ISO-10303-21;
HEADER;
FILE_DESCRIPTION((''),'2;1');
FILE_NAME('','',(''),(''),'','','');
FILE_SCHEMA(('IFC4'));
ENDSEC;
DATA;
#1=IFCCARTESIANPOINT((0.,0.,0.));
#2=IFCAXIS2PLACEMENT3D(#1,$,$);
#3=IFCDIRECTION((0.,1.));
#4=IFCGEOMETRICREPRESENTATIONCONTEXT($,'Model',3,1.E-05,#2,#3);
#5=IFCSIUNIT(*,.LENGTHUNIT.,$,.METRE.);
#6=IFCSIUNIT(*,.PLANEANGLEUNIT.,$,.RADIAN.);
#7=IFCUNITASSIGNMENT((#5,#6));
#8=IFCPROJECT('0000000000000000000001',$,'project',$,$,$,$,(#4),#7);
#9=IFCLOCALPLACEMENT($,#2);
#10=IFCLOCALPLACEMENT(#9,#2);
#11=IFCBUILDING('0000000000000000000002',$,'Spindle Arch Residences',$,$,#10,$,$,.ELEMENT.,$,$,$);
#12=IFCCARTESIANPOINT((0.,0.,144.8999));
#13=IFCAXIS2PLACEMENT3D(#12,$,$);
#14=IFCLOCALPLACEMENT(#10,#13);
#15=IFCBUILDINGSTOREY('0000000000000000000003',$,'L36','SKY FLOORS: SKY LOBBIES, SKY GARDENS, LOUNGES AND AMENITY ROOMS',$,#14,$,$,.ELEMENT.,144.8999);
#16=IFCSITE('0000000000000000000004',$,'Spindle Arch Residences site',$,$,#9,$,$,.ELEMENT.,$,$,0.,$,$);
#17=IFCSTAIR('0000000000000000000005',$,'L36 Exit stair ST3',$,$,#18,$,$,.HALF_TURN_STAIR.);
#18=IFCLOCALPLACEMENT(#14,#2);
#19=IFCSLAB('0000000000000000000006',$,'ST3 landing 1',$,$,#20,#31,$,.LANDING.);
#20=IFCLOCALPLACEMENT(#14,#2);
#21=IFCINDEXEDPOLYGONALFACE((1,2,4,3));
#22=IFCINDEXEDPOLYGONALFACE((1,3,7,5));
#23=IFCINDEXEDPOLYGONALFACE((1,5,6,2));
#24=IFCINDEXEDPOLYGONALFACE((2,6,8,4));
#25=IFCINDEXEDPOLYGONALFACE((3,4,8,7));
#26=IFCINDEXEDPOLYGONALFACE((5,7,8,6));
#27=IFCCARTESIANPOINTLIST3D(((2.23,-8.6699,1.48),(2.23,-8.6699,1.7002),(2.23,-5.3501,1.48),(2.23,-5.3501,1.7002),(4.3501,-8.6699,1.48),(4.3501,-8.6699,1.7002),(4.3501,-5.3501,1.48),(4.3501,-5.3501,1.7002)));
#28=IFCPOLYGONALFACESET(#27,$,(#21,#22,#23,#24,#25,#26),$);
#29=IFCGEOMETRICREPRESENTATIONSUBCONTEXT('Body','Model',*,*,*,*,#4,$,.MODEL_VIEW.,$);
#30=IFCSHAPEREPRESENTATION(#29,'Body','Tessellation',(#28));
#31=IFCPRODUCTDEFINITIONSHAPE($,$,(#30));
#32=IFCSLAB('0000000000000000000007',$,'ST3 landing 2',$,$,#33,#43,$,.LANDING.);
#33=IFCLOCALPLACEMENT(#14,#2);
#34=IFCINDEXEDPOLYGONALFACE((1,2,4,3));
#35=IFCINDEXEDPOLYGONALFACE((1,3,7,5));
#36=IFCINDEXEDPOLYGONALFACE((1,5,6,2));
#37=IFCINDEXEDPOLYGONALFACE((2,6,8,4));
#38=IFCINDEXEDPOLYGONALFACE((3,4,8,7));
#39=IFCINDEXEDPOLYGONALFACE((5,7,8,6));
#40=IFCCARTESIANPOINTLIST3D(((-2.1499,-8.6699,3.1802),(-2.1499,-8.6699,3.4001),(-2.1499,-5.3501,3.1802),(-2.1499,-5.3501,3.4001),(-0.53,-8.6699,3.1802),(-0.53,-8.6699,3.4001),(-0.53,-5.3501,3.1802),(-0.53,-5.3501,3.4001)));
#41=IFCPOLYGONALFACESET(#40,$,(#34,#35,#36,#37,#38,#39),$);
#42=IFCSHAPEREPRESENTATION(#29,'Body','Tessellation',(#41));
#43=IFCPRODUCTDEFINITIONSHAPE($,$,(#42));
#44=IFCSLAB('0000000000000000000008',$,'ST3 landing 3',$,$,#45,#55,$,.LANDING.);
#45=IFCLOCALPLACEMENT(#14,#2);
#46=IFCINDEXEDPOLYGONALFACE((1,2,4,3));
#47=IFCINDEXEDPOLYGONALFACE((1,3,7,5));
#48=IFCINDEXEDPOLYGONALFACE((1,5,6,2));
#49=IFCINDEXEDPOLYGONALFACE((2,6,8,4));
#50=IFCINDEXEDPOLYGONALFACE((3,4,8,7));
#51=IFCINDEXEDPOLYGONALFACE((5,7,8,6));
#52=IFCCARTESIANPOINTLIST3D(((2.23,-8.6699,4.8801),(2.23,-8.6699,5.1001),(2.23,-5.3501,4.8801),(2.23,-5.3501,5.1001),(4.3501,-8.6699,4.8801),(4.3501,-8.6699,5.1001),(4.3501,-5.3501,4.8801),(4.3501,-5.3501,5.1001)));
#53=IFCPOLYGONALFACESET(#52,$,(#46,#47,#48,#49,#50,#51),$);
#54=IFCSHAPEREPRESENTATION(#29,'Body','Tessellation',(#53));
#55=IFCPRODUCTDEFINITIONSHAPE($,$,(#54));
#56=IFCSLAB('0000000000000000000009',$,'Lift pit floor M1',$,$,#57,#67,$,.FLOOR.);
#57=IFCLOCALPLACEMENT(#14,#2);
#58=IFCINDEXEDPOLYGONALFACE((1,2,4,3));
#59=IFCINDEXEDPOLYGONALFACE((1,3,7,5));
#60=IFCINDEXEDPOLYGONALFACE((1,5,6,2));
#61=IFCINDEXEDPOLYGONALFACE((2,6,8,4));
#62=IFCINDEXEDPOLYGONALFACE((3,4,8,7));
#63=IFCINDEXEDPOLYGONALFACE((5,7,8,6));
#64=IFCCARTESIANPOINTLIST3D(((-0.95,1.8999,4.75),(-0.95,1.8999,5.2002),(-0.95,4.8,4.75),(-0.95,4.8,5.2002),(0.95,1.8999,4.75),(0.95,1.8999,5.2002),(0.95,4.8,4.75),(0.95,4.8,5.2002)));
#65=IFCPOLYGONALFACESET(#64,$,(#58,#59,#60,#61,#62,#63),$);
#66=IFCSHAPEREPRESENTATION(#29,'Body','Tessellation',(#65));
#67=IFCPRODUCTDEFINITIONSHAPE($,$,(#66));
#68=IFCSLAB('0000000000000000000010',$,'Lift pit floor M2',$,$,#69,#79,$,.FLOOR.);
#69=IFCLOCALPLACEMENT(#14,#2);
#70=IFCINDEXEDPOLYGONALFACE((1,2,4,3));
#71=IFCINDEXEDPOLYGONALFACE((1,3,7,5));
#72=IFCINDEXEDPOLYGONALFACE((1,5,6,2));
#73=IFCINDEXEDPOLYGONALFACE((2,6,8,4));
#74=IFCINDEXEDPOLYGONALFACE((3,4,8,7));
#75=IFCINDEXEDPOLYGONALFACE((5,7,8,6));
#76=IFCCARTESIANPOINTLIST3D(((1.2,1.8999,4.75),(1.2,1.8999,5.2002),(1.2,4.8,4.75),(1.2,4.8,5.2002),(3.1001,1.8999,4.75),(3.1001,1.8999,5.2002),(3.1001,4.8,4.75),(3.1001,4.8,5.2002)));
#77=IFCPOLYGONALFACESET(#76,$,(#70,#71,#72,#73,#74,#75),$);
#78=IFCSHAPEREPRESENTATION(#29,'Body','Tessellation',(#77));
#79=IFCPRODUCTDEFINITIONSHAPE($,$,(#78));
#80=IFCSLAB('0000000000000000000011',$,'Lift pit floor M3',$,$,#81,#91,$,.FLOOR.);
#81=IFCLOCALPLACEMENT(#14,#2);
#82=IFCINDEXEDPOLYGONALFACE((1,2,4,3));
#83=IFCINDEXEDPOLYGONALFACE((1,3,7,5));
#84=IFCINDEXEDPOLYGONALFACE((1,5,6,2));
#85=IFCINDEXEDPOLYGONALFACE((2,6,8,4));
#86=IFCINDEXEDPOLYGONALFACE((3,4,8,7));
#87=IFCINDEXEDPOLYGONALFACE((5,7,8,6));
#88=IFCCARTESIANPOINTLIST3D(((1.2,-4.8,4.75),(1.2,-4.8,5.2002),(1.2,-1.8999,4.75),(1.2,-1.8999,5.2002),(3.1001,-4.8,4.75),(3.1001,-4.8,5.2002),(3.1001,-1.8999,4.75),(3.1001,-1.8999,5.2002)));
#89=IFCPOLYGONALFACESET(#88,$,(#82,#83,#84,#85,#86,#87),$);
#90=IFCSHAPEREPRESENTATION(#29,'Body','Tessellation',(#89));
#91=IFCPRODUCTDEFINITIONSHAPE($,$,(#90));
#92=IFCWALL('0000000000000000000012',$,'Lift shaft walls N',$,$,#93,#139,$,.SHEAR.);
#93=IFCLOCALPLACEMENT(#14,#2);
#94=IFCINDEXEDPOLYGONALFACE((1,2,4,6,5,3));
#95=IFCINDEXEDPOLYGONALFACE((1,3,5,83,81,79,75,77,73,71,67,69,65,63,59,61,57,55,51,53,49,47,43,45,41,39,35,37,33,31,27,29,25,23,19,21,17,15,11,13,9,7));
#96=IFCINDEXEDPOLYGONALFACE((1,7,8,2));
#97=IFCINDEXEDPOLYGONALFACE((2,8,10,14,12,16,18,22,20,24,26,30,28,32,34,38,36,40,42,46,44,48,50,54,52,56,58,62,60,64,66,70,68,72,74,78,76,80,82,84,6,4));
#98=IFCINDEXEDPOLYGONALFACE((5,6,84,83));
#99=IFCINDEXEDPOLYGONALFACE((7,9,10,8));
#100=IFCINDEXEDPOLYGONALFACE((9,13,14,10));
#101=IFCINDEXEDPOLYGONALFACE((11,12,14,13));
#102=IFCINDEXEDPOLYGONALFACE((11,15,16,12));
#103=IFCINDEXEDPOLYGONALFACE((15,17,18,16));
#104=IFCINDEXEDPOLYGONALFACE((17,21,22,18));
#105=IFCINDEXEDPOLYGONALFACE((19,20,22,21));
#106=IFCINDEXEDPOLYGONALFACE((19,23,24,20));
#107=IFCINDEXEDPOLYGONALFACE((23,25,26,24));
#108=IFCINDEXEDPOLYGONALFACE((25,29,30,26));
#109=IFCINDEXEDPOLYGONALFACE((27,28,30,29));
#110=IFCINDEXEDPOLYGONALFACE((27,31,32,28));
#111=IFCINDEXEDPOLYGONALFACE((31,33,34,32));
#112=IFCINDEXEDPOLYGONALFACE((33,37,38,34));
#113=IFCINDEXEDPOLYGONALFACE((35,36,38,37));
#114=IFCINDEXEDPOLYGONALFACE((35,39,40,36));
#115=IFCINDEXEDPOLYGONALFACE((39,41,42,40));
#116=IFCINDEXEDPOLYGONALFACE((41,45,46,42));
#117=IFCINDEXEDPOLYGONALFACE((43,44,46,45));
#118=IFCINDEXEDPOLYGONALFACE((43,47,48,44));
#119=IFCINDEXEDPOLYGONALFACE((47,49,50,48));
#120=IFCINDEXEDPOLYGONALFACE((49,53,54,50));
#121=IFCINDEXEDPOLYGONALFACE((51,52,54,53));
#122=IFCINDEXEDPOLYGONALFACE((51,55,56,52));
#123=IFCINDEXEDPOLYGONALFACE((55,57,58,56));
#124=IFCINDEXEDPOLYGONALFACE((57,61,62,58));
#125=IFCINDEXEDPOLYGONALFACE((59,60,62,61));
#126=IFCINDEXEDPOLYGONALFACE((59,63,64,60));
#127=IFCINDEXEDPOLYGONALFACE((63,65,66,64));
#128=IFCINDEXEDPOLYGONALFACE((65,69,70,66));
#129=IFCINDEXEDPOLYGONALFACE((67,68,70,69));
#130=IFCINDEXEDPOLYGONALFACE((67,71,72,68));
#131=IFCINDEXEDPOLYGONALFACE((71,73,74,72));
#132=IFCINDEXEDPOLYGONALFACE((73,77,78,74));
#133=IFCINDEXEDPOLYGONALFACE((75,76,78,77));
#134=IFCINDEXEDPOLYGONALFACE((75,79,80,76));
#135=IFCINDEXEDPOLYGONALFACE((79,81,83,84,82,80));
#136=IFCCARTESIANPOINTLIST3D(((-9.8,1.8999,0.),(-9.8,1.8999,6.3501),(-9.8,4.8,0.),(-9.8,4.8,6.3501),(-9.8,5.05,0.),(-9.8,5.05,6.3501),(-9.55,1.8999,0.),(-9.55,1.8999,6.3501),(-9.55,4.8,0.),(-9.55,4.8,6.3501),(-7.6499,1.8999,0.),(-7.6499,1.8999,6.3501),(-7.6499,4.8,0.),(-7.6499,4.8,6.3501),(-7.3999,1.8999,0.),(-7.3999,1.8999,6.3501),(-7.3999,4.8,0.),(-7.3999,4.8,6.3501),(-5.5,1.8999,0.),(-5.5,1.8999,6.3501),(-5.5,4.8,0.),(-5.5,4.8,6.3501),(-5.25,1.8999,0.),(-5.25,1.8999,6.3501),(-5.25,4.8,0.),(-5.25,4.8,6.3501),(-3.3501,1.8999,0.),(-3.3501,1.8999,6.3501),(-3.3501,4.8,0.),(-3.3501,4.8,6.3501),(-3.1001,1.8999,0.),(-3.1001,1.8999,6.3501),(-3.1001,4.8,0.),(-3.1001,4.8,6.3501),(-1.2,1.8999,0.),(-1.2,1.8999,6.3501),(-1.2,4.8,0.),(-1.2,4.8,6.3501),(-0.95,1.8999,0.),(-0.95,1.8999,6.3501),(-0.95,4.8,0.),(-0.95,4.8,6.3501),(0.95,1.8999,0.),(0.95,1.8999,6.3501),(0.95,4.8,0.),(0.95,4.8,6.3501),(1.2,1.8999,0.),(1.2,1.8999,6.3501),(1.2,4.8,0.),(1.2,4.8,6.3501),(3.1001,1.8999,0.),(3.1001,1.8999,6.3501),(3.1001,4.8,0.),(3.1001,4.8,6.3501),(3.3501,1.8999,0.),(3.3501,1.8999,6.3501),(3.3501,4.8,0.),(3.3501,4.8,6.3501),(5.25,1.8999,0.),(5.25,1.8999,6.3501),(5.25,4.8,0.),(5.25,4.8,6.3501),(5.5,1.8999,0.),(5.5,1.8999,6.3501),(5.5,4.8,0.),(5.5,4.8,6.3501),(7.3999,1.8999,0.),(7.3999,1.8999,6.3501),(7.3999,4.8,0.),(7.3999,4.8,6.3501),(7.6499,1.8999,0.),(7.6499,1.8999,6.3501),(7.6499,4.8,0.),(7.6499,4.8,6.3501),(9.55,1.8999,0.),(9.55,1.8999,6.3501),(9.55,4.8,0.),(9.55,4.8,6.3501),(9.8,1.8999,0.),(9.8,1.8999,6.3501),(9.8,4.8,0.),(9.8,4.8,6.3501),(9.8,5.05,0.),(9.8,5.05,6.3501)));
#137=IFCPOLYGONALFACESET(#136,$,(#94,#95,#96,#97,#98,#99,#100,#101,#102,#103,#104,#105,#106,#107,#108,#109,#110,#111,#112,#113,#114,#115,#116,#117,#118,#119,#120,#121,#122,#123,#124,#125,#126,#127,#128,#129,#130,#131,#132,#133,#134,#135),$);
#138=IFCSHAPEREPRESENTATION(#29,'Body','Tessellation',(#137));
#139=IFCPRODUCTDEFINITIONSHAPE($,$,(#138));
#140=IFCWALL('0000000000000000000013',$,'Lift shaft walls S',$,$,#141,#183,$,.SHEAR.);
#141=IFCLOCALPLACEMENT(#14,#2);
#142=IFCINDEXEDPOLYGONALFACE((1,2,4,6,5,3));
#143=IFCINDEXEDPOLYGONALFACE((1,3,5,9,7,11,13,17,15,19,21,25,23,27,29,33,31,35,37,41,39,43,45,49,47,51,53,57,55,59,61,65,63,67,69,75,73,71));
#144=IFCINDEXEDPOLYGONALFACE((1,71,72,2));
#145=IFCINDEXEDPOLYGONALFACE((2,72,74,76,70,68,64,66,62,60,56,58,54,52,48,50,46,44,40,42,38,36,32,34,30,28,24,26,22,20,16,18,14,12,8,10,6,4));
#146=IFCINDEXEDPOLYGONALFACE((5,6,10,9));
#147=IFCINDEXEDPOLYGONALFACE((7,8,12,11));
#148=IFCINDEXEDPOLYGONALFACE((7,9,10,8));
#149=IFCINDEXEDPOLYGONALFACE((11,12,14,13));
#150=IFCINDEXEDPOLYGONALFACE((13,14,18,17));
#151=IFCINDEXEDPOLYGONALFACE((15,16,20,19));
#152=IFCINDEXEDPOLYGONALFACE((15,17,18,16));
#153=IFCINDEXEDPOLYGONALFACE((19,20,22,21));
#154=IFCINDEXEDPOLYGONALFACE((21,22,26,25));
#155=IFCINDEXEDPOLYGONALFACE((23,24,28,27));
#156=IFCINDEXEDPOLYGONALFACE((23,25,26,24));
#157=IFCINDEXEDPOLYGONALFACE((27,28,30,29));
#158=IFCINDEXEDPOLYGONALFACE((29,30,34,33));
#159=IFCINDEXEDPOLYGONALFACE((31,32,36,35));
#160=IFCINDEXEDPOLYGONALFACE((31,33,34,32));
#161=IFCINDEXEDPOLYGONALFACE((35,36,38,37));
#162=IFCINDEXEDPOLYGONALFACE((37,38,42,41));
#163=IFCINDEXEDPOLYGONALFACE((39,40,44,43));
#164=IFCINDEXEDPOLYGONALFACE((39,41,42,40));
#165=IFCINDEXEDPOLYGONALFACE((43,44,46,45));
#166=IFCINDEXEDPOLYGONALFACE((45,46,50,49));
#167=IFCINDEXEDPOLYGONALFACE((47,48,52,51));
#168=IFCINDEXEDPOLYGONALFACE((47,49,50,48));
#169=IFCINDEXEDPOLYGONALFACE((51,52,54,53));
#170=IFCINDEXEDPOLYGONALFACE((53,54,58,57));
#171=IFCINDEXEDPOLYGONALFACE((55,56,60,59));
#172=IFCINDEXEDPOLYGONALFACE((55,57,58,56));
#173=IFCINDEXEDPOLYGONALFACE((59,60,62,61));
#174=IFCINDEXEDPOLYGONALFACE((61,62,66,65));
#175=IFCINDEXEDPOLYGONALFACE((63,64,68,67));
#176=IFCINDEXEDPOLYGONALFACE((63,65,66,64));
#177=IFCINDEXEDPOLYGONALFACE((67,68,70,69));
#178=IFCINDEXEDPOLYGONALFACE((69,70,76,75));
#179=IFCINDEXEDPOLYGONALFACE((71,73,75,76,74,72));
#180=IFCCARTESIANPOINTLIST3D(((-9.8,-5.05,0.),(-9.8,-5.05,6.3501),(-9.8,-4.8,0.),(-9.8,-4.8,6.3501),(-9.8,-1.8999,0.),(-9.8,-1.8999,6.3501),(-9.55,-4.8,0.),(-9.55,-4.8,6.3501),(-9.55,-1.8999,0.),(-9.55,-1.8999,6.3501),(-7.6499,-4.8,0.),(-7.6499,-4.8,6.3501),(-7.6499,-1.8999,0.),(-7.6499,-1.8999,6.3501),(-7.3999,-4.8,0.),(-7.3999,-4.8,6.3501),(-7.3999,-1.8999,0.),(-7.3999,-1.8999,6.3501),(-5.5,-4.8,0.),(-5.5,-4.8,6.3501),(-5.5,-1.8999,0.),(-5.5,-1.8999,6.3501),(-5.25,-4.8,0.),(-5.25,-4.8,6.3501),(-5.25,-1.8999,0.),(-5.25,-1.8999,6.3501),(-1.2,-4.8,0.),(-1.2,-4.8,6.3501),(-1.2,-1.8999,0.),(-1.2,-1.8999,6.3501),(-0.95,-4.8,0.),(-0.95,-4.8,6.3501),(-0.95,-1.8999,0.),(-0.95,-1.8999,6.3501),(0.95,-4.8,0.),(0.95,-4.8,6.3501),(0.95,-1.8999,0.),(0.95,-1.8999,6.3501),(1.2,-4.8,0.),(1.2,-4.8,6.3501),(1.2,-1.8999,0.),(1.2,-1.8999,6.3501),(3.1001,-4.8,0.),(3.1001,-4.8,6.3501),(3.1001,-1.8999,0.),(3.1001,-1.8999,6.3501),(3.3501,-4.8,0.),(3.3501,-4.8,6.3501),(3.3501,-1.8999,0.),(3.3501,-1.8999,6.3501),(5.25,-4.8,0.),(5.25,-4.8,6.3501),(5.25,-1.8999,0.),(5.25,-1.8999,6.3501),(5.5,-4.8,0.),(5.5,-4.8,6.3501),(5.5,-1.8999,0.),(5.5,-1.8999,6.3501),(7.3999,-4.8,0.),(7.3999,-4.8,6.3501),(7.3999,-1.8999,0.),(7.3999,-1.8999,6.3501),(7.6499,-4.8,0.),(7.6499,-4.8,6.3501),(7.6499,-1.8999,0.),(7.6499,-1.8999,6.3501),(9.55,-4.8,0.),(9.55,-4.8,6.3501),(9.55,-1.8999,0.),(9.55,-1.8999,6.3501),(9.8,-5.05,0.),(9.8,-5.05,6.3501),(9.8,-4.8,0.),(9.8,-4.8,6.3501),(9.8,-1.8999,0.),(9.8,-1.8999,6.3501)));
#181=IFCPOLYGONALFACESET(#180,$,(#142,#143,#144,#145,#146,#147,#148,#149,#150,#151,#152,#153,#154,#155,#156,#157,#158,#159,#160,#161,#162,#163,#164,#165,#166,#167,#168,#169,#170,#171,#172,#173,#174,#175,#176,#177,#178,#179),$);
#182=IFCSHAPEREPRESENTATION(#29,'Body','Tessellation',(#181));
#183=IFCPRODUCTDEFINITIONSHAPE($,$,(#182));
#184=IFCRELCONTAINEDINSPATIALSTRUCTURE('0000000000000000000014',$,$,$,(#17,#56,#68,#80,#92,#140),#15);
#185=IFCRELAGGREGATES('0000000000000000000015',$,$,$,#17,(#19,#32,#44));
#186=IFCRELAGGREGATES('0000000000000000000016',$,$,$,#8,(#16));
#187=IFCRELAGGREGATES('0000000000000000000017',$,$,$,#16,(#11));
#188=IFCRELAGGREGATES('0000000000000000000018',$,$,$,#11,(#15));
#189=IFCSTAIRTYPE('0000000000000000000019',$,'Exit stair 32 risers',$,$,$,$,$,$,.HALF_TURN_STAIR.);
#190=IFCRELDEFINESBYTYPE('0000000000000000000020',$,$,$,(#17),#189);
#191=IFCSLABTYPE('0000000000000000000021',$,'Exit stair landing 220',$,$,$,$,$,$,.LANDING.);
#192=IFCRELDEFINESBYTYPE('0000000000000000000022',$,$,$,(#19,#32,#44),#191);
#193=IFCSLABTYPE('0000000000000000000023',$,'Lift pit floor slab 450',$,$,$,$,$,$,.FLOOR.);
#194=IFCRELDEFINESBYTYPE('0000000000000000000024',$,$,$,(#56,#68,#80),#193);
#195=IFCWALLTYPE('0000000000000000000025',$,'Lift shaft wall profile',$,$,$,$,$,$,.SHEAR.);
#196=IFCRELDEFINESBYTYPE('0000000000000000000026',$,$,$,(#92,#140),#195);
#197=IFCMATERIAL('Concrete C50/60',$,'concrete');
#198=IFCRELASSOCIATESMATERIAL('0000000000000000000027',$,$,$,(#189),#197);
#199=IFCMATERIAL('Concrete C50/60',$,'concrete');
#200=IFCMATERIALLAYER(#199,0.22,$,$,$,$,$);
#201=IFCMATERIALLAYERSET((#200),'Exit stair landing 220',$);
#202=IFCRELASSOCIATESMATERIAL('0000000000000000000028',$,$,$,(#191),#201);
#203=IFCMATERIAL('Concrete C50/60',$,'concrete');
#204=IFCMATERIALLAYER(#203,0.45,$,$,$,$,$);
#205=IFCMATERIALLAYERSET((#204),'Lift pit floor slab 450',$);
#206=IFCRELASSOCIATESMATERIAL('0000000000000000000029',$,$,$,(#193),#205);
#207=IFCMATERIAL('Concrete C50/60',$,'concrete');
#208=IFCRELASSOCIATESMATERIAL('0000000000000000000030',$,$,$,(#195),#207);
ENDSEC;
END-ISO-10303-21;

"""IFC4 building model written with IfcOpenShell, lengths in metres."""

from ifc_helpers import new_model, si_unit, direction, frame, origin, place, context, subcontext, project, spatial, polyline, outline, extrude, material, layer, layer_set, type_object, element, aggregate, save


model = new_model("IFC4")

# Units and contexts
model_context = context("Model", 3, precision=1e-05, world=origin(), true_north=direction((0.0, 1.0)))
body_context = subcontext(model_context, "Body", "Model", "MODEL_VIEW")
ifc_project = project(units=[si_unit("LENGTHUNIT", "METRE"), si_unit("PLANEANGLEUNIT", "RADIAN")], contexts=[model_context])

# Site, building, storey
site_placement = place(None, origin())
site = spatial("IfcSite", under=ifc_project, at=site_placement, Name="Spindle Arch Residences site", CompositionType="ELEMENT", RefElevation=0.0)
building_placement = place(site_placement, origin())
building = spatial("IfcBuilding", under=site, at=building_placement, Name="Spindle Arch Residences", CompositionType="ELEMENT")
storey_placement = place(building_placement, frame((0.0, 0.0, 144.8999)))
storey = spatial("IfcBuildingStorey", under=building, at=storey_placement, Name="L36", Description="SKY FLOORS: SKY LOBBIES, SKY GARDENS, LOUNGES AND AMENITY ROOMS", CompositionType="ELEMENT", Elevation=144.8999)

# Stair, slabs
ifc_material_1 = material(Name="Concrete C50/60", Category="concrete")
stair_type = type_object("IfcStairType", Name="Exit stair 32 risers", PredefinedType="HALF_TURN_STAIR", material=ifc_material_1)
ifc_material_2 = material(Name="Concrete C50/60", Category="concrete")
ifc_layer_1 = layer(ifc_material_2, 0.22)
ifc_layer_set_1 = layer_set([ifc_layer_1], Name="Exit stair landing 220")
slab_type_1 = type_object("IfcSlabType", Name="Exit stair landing 220", PredefinedType="LANDING", material=ifc_layer_set_1)
stair_1_placement = place(storey_placement, origin())
stair_1 = element("IfcStair", 1, at=stair_1_placement, inside=storey, type_object=stair_type, Name="L36 Exit stair ST3", PredefinedType="HALF_TURN_STAIR")
slab_1_placement = place(storey_placement, frame((0.0, 0.0, 1.48)))
slab_1 = element("IfcSlab", 2, at=slab_1_placement, type_object=slab_type_1, Name="ST3 landing 1", PredefinedType="LANDING", context=body_context, shape_type="SweptSolid", body=[
    extrude(outline(polyline([(2.23, -8.6699), (4.3501, -8.6699), (4.3501, -5.3501), (2.23, -5.3501), (2.23, -8.6699)])), origin(), (0.0, 0.0, 1.0), 0.2202),
])
slab_2_placement = place(storey_placement, frame((0.0, 0.0, 3.1802)))
slab_2 = element("IfcSlab", 3, at=slab_2_placement, type_object=slab_type_1, Name="ST3 landing 2", PredefinedType="LANDING", context=body_context, shape_type="SweptSolid", body=[
    extrude(outline(polyline([(-2.1499, -8.6699), (-0.53, -8.6699), (-0.53, -5.3501), (-2.1499, -5.3501), (-2.1499, -8.6699)])), origin(), (0.0, 0.0, 1.0), 0.22),
])
slab_3_placement = place(storey_placement, frame((0.0, 0.0, 4.8801)))
slab_3 = element("IfcSlab", 4, at=slab_3_placement, type_object=slab_type_1, Name="ST3 landing 3", PredefinedType="LANDING", context=body_context, shape_type="SweptSolid", body=[
    extrude(outline(polyline([(2.23, -8.6699), (4.3501, -8.6699), (4.3501, -5.3501), (2.23, -5.3501), (2.23, -8.6699)])), origin(), (0.0, 0.0, 1.0), 0.22),
])
aggregate(stair_1, [slab_1, slab_2, slab_3])

# Slabs
ifc_material_3 = material(Name="Concrete C50/60", Category="concrete")
ifc_layer_2 = layer(ifc_material_3, 0.45)
ifc_layer_set_2 = layer_set([ifc_layer_2], Name="Lift pit floor slab 450")
slab_type_2 = type_object("IfcSlabType", Name="Lift pit floor slab 450", PredefinedType="FLOOR", material=ifc_layer_set_2)
slab_4_placement = place(storey_placement, frame((0.0, 0.0, 4.75)))
element("IfcSlab", 5, at=slab_4_placement, inside=storey, type_object=slab_type_2, Name="Lift pit floor M1", PredefinedType="FLOOR", context=body_context, shape_type="SweptSolid", body=[
    extrude(outline(polyline([(-0.95, 1.8999), (0.95, 1.8999), (0.95, 4.8), (-0.95, 4.8), (-0.95, 1.8999)])), origin(), (0.0, 0.0, 1.0), 0.4502),
])
slab_5_placement = place(storey_placement, frame((0.0, 0.0, 4.75)))
element("IfcSlab", 6, at=slab_5_placement, inside=storey, type_object=slab_type_2, Name="Lift pit floor M2", PredefinedType="FLOOR", context=body_context, shape_type="SweptSolid", body=[
    extrude(outline(polyline([(1.2, 1.8999), (3.1001, 1.8999), (3.1001, 4.8), (1.2, 4.8), (1.2, 1.8999)])), origin(), (0.0, 0.0, 1.0), 0.4502),
])
slab_6_placement = place(storey_placement, frame((0.0, 0.0, 4.75)))
element("IfcSlab", 7, at=slab_6_placement, inside=storey, type_object=slab_type_2, Name="Lift pit floor M3", PredefinedType="FLOOR", context=body_context, shape_type="SweptSolid", body=[
    extrude(outline(polyline([(1.2, -4.8), (3.1001, -4.8), (3.1001, -1.8999), (1.2, -1.8999), (1.2, -4.8)])), origin(), (0.0, 0.0, 1.0), 0.4502),
])

# Walls
ifc_material_4 = material(Name="Concrete C50/60", Category="concrete")
wall_type_1 = type_object("IfcWallType", Name="Lift shaft wall profile", PredefinedType="SHEAR", material=ifc_material_4)
wall_1_placement = place(storey_placement, origin())
element("IfcWall", 8, at=wall_1_placement, inside=storey, type_object=wall_type_1, Name="Lift shaft walls N", PredefinedType="SHEAR", context=body_context, shape_type="SweptSolid", body=[
    extrude(outline(polyline([(-9.55, 4.8), (-7.6499, 4.8), (-7.6499, 1.8999), (-7.3999, 1.8999), (-7.3999, 4.8), (-5.5, 4.8), (-5.5, 1.8999), (-5.25, 1.8999), (-5.25, 4.8), (-3.3501, 4.8), (-3.3501, 1.8999), (-3.1001, 1.8999), (-3.1001, 4.8), (-1.2, 4.8), (-1.2, 1.8999), (-0.95, 1.8999), (-0.95, 4.8), (0.95, 4.8), (0.95, 1.8999), (1.2, 1.8999), (1.2, 4.8), (3.1001, 4.8), (3.1001, 1.8999), (3.3501, 1.8999), (3.3501, 4.8), (5.25, 4.8), (5.25, 1.8999), (5.5, 1.8999), (5.5, 4.8), (7.3999, 4.8), (7.3999, 1.8999), (7.6499, 1.8999), (7.6499, 4.8), (9.55, 4.8), (9.55, 1.8999), (9.8, 1.8999), (9.8, 4.8), (9.8, 5.05), (-9.8, 5.05), (-9.8, 4.8), (-9.8, 1.8999), (-9.55, 1.8999), (-9.55, 4.8)])), origin(), (0.0, 0.0, 1.0), 6.3501),
])
wall_2_placement = place(storey_placement, origin())
element("IfcWall", 9, at=wall_2_placement, inside=storey, type_object=wall_type_1, Name="Lift shaft walls S", PredefinedType="SHEAR", context=body_context, shape_type="SweptSolid", body=[
    extrude(outline(polyline([(9.8, -5.05), (9.8, -4.8), (9.8, -1.8999), (9.55, -1.8999), (9.55, -4.8), (7.6499, -4.8), (7.6499, -1.8999), (7.3999, -1.8999), (7.3999, -4.8), (5.5, -4.8), (5.5, -1.8999), (5.25, -1.8999), (5.25, -4.8), (3.3501, -4.8), (3.3501, -1.8999), (3.1001, -1.8999), (3.1001, -4.8), (1.2, -4.8), (1.2, -1.8999), (0.95, -1.8999), (0.95, -4.8), (-0.95, -4.8), (-0.95, -1.8999), (-1.2, -1.8999), (-1.2, -4.8), (-5.25, -4.8), (-5.25, -1.8999), (-5.5, -1.8999), (-5.5, -4.8), (-7.3999, -4.8), (-7.3999, -1.8999), (-7.6499, -1.8999), (-7.6499, -4.8), (-9.55, -4.8), (-9.55, -1.8999), (-9.8, -1.8999), (-9.8, -4.8), (-9.8, -5.05), (9.8, -5.05)])), origin(), (0.0, 0.0, 1.0), 6.3501),
])

save(model, "model.ifc")
